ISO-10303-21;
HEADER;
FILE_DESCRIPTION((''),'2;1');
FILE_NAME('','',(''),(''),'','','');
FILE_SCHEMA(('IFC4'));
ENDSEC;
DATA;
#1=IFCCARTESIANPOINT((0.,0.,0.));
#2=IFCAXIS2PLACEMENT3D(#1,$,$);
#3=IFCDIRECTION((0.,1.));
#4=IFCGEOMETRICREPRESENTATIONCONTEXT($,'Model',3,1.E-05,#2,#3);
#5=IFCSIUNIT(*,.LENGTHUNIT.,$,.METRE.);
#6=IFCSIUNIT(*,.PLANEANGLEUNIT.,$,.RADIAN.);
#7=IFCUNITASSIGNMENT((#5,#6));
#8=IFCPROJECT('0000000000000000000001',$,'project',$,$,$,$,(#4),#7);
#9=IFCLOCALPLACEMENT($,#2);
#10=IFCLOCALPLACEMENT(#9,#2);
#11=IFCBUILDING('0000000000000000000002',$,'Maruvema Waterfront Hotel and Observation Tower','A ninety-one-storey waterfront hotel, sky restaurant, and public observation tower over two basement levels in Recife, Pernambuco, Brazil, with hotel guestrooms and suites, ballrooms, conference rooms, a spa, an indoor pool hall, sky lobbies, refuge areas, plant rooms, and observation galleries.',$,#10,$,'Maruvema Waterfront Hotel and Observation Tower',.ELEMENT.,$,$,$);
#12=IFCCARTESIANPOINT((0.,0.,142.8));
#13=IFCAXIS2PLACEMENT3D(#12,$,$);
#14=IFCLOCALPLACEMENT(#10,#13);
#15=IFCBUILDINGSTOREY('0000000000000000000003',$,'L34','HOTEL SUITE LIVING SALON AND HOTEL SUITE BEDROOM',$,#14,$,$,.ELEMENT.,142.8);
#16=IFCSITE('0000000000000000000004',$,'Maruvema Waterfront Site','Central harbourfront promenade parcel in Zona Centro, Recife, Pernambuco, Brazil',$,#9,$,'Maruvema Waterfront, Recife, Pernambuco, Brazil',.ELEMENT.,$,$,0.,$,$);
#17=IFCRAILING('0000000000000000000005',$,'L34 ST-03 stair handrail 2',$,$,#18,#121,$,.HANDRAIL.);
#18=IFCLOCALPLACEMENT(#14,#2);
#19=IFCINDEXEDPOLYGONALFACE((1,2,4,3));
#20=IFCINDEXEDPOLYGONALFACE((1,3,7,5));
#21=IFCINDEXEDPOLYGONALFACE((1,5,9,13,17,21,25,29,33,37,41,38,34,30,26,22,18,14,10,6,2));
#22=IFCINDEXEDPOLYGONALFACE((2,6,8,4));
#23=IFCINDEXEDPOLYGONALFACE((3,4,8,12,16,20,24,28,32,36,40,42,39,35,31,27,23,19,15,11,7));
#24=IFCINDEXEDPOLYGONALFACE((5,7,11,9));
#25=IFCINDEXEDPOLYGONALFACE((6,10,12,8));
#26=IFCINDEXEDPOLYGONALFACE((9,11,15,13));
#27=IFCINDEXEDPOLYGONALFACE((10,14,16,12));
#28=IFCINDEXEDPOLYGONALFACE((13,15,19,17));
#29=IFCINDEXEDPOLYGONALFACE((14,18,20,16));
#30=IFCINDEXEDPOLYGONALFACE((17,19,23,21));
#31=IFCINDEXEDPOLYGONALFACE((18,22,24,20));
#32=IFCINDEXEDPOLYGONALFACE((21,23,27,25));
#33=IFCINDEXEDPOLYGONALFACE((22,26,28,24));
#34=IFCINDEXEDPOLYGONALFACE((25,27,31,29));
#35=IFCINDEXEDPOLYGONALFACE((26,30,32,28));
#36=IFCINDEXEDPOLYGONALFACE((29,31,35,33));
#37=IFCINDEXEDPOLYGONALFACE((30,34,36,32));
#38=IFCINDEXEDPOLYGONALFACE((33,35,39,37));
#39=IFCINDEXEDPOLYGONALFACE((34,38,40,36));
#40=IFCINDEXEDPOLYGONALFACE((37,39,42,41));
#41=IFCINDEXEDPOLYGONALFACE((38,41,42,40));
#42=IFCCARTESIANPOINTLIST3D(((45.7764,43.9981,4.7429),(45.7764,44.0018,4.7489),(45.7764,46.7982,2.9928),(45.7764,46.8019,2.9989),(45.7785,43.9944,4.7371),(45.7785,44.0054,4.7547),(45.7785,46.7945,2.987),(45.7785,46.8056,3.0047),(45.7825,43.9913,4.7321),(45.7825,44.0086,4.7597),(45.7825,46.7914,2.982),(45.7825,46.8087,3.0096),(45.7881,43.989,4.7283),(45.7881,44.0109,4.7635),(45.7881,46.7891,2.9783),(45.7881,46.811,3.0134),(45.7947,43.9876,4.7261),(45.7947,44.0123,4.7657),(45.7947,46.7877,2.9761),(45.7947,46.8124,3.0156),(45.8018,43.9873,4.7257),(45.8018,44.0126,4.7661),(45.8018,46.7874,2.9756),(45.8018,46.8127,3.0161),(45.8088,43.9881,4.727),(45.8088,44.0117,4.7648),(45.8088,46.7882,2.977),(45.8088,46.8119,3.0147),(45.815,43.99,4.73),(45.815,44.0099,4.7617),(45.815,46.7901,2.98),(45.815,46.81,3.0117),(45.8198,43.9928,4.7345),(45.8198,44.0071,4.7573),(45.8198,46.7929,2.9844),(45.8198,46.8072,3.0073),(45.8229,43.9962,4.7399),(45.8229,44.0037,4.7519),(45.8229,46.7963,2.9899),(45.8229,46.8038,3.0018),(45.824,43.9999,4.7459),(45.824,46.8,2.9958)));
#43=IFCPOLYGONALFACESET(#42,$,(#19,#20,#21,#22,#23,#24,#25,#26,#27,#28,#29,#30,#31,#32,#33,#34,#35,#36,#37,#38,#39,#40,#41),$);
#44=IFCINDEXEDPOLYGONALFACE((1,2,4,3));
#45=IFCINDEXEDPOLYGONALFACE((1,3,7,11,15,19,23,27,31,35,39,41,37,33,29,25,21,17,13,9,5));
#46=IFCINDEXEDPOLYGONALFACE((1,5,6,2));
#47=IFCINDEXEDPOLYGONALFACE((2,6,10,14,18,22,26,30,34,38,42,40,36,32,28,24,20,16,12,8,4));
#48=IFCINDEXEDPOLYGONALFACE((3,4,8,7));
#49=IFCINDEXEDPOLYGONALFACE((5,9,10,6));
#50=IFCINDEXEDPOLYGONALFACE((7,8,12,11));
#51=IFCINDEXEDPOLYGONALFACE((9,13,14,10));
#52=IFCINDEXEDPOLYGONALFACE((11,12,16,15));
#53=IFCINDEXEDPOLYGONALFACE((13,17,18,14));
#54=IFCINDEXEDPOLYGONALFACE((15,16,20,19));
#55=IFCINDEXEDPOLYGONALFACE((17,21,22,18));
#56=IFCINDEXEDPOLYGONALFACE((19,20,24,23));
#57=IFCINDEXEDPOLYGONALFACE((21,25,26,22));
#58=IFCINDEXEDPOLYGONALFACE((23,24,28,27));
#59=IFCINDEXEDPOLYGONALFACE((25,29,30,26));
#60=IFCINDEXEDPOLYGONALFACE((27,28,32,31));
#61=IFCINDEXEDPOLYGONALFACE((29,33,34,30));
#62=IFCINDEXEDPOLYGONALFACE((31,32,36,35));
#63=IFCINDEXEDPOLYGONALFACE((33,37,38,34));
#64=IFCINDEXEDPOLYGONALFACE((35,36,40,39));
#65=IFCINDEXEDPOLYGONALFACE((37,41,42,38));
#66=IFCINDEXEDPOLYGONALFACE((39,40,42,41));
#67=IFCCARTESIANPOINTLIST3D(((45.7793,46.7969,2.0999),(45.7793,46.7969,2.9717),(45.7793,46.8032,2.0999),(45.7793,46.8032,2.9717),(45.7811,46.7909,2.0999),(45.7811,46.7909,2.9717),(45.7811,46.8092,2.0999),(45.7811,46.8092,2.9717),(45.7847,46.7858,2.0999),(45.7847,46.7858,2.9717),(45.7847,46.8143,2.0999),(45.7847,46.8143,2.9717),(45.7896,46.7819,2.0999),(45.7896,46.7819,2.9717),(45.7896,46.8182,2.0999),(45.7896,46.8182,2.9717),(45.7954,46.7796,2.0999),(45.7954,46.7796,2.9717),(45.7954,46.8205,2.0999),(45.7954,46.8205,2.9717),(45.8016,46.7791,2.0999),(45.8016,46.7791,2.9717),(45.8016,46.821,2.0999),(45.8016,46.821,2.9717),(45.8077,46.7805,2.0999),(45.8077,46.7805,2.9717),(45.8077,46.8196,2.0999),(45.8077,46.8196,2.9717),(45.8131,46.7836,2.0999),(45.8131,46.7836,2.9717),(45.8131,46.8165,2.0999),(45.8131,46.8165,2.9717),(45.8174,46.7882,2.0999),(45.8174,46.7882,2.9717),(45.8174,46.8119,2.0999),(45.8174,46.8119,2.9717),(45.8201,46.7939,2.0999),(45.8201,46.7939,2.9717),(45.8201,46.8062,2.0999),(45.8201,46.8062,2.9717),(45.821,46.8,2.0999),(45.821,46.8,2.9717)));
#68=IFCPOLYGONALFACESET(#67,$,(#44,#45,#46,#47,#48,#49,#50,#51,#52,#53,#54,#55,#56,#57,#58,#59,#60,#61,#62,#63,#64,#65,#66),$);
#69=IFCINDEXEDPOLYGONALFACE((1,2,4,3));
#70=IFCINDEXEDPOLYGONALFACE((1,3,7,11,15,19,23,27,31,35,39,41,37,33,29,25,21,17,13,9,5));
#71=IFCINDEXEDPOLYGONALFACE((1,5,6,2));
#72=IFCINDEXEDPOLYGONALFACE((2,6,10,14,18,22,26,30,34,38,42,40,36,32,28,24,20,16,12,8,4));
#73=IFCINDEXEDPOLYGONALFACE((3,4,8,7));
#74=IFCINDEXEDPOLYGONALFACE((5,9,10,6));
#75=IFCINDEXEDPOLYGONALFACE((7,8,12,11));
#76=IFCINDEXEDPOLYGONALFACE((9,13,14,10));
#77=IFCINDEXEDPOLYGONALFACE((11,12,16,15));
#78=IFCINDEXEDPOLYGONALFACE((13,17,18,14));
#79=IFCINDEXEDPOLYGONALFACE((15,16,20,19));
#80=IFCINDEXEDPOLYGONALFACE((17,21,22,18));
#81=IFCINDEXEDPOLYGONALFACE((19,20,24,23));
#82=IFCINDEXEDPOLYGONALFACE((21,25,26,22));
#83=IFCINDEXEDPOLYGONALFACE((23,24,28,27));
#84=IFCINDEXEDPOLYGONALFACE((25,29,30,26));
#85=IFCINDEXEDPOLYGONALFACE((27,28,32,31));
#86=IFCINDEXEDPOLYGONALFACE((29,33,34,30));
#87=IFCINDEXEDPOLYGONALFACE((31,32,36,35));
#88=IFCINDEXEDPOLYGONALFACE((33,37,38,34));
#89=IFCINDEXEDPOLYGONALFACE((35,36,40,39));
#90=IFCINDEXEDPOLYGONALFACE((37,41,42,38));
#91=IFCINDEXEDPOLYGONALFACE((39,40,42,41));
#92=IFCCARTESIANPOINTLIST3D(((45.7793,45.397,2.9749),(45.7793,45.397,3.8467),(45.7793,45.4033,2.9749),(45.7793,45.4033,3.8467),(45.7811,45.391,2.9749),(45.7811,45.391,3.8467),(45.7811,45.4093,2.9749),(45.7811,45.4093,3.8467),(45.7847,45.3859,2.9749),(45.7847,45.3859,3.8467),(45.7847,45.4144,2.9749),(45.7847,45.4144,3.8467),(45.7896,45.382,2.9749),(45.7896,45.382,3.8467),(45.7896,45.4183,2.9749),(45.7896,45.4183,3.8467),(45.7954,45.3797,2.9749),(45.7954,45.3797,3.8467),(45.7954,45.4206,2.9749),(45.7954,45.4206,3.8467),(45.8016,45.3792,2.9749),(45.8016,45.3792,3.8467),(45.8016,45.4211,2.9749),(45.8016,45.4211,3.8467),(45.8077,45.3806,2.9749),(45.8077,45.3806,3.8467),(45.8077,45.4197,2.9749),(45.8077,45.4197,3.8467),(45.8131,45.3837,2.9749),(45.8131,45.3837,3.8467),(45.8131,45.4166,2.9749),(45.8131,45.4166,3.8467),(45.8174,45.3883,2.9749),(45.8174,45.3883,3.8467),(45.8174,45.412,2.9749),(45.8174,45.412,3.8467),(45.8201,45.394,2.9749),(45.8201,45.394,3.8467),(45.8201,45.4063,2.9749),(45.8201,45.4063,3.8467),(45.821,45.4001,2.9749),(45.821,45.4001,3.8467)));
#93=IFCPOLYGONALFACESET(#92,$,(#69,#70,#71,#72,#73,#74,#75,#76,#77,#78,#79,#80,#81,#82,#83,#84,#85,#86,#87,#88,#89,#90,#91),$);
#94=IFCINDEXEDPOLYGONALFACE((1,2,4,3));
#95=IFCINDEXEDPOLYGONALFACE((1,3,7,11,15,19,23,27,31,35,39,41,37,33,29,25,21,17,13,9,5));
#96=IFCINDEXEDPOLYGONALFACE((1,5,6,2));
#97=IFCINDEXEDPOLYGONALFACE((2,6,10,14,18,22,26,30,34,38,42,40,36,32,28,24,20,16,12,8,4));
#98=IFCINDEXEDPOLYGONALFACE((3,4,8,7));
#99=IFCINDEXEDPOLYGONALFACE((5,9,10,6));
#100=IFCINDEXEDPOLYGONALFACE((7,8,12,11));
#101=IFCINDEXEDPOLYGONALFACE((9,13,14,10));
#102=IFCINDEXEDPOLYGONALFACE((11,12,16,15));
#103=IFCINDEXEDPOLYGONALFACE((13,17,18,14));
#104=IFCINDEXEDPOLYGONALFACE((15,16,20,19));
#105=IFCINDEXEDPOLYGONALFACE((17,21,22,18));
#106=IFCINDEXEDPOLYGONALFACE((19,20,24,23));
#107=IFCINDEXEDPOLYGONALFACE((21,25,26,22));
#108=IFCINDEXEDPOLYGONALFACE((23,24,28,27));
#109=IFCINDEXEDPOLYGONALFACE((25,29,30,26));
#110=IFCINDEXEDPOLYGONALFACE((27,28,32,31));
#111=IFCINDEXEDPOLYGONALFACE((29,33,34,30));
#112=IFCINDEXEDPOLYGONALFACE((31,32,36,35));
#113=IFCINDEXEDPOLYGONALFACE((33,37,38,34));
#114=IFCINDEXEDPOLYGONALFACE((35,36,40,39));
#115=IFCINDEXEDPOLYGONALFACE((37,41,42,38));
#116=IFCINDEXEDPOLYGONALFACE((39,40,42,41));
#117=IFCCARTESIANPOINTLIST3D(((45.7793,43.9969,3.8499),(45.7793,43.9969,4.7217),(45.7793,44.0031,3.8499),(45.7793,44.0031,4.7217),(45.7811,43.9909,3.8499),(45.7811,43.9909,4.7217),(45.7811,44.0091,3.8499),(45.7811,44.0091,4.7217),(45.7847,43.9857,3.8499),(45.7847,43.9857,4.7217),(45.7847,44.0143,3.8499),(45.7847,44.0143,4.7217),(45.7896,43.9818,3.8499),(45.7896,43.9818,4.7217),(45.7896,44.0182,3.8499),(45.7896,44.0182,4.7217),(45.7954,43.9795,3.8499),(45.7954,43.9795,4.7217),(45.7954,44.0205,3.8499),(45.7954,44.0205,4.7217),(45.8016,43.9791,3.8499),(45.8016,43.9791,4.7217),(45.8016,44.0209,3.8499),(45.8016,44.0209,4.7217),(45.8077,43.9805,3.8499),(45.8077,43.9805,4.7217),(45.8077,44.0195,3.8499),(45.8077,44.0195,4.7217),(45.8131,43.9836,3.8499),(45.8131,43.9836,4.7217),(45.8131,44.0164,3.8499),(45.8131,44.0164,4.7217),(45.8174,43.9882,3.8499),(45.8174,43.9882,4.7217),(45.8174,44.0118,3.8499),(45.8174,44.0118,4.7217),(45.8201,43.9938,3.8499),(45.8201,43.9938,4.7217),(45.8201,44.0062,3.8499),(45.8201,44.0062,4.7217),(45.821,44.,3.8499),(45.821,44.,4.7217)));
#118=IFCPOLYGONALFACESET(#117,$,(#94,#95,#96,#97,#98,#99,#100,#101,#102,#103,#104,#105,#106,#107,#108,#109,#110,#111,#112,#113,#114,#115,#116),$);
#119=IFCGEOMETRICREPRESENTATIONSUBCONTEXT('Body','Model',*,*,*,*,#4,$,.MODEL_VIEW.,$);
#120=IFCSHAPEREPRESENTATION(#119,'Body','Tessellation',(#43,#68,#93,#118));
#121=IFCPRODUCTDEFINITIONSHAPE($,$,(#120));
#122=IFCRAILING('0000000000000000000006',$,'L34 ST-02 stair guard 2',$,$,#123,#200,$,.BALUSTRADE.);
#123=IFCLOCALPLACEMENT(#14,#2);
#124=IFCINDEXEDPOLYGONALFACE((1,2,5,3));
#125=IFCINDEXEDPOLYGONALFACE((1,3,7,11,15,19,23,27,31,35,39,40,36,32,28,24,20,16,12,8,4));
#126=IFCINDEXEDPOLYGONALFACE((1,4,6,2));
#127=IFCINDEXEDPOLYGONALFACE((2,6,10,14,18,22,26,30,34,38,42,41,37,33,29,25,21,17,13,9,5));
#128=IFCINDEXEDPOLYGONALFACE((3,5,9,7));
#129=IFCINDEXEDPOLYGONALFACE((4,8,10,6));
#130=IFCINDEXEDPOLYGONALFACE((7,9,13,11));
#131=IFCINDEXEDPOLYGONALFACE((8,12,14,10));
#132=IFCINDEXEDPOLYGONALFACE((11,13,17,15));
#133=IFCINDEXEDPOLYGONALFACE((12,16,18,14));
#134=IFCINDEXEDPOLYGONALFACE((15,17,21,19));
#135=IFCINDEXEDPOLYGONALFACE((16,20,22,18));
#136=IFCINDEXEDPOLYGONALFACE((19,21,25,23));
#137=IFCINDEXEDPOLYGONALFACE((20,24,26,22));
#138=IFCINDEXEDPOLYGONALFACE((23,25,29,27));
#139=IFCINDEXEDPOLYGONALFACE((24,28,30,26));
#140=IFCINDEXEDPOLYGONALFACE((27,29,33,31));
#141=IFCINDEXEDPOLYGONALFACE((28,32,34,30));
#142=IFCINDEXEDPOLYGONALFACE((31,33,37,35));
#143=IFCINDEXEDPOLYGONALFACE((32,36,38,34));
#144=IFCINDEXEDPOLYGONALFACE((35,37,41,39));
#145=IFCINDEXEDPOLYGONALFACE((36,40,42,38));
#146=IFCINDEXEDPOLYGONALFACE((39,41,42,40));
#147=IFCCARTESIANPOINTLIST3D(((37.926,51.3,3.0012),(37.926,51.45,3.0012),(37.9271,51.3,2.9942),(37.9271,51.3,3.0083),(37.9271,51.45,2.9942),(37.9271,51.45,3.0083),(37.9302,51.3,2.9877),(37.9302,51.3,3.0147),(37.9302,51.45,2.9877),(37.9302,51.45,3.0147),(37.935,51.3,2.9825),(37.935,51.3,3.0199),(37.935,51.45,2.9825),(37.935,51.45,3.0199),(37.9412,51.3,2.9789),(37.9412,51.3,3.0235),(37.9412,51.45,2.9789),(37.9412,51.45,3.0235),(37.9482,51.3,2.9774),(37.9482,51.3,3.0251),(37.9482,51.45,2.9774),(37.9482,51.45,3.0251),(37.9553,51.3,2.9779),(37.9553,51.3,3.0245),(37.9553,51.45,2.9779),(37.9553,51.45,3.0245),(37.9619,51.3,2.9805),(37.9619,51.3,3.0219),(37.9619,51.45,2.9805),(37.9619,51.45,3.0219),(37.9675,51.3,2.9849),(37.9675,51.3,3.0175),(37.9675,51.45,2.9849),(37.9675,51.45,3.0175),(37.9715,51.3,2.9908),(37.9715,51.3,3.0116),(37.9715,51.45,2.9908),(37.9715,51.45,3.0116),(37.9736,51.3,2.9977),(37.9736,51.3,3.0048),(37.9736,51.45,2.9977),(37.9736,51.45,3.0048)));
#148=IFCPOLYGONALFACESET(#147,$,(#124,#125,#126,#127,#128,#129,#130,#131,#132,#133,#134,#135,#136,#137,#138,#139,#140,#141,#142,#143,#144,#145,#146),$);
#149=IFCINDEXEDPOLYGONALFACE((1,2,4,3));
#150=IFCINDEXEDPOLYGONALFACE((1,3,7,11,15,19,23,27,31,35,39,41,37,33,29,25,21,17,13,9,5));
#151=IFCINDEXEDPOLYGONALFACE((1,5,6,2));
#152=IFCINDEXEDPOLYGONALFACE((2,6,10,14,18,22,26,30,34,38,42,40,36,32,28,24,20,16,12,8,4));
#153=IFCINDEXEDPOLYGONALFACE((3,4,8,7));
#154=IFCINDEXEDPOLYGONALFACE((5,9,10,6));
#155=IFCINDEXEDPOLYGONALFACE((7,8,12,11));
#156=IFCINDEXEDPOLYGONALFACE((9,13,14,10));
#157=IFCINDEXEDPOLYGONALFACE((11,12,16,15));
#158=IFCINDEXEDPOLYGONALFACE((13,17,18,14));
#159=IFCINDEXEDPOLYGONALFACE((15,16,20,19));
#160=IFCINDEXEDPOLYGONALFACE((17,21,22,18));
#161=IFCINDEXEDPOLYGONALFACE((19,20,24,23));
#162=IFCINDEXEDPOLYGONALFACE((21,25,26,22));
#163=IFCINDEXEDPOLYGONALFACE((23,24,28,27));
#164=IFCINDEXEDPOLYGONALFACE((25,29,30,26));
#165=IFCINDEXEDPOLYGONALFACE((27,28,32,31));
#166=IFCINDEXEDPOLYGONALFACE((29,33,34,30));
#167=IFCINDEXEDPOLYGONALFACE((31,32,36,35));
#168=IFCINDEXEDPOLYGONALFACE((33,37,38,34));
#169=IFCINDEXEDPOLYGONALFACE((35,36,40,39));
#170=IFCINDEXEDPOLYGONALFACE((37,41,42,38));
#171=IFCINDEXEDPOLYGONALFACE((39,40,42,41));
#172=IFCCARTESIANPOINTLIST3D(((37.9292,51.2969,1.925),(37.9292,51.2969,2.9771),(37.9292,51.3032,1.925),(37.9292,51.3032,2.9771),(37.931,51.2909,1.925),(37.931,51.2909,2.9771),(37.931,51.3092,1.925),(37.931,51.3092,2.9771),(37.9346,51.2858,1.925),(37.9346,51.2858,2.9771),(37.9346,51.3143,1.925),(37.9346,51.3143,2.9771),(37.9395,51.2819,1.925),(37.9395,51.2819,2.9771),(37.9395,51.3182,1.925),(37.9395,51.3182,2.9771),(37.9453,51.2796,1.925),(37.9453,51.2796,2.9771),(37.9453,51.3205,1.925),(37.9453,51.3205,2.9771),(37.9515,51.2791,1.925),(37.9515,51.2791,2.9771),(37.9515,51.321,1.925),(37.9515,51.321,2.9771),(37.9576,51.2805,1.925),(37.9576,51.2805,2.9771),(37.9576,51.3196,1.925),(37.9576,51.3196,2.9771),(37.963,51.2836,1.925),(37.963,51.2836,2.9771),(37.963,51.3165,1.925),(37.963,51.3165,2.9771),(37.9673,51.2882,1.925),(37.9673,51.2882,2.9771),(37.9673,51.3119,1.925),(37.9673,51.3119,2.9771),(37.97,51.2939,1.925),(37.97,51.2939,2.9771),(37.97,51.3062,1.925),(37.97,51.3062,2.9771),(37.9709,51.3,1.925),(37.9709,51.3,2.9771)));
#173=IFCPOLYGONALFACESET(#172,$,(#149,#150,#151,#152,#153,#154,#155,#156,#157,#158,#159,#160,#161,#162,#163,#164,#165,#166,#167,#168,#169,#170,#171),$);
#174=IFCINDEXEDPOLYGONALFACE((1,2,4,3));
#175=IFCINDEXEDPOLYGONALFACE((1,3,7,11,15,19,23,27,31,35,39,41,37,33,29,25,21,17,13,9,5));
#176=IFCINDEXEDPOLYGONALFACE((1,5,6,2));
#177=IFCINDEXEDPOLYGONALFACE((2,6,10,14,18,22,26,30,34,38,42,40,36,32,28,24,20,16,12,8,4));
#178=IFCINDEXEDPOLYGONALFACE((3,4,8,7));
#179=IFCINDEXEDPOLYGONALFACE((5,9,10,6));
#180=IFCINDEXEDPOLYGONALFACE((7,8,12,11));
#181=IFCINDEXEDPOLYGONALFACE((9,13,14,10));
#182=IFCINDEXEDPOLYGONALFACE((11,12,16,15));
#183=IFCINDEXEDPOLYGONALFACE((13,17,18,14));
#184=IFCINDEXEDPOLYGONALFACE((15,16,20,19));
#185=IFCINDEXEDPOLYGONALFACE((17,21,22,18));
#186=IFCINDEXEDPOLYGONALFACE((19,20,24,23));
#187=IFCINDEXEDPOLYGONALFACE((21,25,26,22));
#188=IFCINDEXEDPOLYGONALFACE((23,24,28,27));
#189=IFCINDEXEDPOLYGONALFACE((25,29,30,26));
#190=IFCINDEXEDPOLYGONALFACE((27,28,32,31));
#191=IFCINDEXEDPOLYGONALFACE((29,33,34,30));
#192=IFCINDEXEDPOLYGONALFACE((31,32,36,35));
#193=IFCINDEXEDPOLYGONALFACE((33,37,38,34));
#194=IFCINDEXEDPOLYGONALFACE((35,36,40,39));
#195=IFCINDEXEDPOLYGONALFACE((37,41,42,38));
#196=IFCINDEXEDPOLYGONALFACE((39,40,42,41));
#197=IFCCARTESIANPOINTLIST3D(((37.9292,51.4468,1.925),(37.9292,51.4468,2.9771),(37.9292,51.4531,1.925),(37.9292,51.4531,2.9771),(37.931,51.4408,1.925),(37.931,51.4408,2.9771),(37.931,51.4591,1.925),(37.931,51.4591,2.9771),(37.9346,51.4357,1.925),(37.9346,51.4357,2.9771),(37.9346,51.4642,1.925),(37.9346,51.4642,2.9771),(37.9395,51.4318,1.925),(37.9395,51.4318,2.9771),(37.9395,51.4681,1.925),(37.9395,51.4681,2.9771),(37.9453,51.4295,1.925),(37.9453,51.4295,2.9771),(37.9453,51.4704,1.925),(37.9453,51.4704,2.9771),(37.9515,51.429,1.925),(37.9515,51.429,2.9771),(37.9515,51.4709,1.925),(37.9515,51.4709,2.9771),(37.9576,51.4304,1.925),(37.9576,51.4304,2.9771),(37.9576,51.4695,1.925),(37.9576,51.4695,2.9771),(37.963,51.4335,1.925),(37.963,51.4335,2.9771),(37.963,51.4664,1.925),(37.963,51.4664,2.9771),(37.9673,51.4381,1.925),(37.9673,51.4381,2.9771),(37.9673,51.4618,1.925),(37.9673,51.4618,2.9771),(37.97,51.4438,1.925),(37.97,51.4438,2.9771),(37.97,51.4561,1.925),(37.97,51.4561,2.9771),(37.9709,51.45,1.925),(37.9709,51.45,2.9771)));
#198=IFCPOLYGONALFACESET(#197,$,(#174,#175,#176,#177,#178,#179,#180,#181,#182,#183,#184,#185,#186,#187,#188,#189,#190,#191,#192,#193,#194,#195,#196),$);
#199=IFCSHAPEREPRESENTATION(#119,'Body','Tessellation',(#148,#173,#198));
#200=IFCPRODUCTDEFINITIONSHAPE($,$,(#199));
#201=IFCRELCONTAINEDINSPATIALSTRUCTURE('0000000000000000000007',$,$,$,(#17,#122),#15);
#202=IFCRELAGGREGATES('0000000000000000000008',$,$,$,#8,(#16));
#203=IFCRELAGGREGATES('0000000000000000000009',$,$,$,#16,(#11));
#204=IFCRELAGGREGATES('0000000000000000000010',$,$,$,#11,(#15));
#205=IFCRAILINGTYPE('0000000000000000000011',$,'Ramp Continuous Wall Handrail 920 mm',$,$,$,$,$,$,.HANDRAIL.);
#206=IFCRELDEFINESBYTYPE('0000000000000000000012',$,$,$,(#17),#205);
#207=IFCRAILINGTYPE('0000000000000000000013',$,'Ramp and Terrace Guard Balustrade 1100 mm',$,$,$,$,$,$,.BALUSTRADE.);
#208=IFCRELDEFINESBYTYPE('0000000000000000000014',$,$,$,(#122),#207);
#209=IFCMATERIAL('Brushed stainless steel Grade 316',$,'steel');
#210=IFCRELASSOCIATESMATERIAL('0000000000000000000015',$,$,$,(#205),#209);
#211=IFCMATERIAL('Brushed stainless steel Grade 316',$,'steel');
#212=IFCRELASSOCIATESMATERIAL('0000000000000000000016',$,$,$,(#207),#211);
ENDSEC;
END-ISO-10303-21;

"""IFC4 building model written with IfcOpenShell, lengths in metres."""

from ifc_helpers import new_model, si_unit, direction, frame, origin, origin_2d, place, context, subcontext, project, spatial, circle, extrude, material, type_object, element, save


model = new_model("IFC4")

# Units and contexts
model_context = context("Model", 3, precision=1e-05, world=origin(), true_north=direction((0.0, 1.0)))
body_context = subcontext(model_context, "Body", "Model", "MODEL_VIEW")
ifc_project = project(units=[si_unit("LENGTHUNIT", "METRE"), si_unit("PLANEANGLEUNIT", "RADIAN")], contexts=[model_context])

# Site, building, storey
site_placement = place(None, origin())
site = spatial("IfcSite", under=ifc_project, at=site_placement, Name="Maruvema Waterfront Site", Description="Central harbourfront promenade parcel in Zona Centro, Recife, Pernambuco, Brazil", LongName="Maruvema Waterfront, Recife, Pernambuco, Brazil", CompositionType="ELEMENT", RefElevation=0.0)
building_placement = place(site_placement, origin())
building = spatial("IfcBuilding", under=site, at=building_placement, Name="Maruvema Waterfront Hotel and Observation Tower", Description="A ninety-one-storey waterfront hotel, sky restaurant, and public observation tower over two basement levels in Recife, Pernambuco, Brazil, with hotel guestrooms and suites, ballrooms, conference rooms, a spa, an indoor pool hall, sky lobbies, refuge areas, plant rooms, and observation galleries.", LongName="Maruvema Waterfront Hotel and Observation Tower", CompositionType="ELEMENT")
storey_placement = place(building_placement, frame((0.0, 0.0, 142.8)))
storey = spatial("IfcBuildingStorey", under=building, at=storey_placement, Name="L34", Description="HOTEL SUITE LIVING SALON AND HOTEL SUITE BEDROOM", CompositionType="ELEMENT", Elevation=142.8)

# Railings
ifc_material_1 = material(Name="Brushed stainless steel Grade 316", Category="steel")
railing_type_1 = type_object("IfcRailingType", Name="Ramp Continuous Wall Handrail 920 mm", PredefinedType="HANDRAIL", material=ifc_material_1)
railing_1_placement = place(storey_placement, frame((45.8, 46.8, 2.0999)))
element("IfcRailing", 1, at=railing_1_placement, inside=storey, type_object=railing_type_1, Name="L34 ST-03 stair handrail 2", PredefinedType="HANDRAIL", context=body_context, shape_type="SweptSolid", body=[
    extrude(circle(Radius=0.0239, at=origin_2d()), frame((0.0, 0.0, 0.896), z_axis=(0.0, -0.848002, 0.529992), x_axis=(1.0, 0.0, 0.0)), (0.0, 0.0, 1.0), 3.302),
    extrude(circle(Radius=0.021, at=origin_2d()), origin(), (0.0, 0.0, 1.0), 0.8718),
    extrude(circle(Radius=0.021, at=origin_2d()), frame((0.0, -1.3999, 0.875)), (0.0, 0.0, 1.0), 0.8718),
    extrude(circle(Radius=0.021, at=origin_2d()), frame((0.0, -2.8, 1.75)), (0.0, 0.0, 1.0), 0.8718),
])
ifc_material_2 = material(Name="Brushed stainless steel Grade 316", Category="steel")
railing_type_2 = type_object("IfcRailingType", Name="Ramp and Terrace Guard Balustrade 1100 mm", PredefinedType="BALUSTRADE", material=ifc_material_2)
railing_2_placement = place(storey_placement, frame((37.95, 51.3, 1.925)))
element("IfcRailing", 2, at=railing_2_placement, inside=storey, type_object=railing_type_2, Name="L34 ST-02 stair guard 2", PredefinedType="BALUSTRADE", context=body_context, shape_type="SweptSolid", body=[
    extrude(circle(Radius=0.0239, at=origin_2d()), frame((0.0, 0.0, 1.0762), z_axis=(0.0, 1.0, 0.0), x_axis=(-1.0, 0.0, 0.0)), (0.0, 0.0, 1.0), 0.1499),
    extrude(circle(Radius=0.021, at=origin_2d()), origin(), (0.0, 0.0, 1.0), 1.052),
    extrude(circle(Radius=0.021, at=origin_2d()), frame((0.0, 0.1499, 0.0)), (0.0, 0.0, 1.0), 1.052),
])

save(model, "model.ifc")
